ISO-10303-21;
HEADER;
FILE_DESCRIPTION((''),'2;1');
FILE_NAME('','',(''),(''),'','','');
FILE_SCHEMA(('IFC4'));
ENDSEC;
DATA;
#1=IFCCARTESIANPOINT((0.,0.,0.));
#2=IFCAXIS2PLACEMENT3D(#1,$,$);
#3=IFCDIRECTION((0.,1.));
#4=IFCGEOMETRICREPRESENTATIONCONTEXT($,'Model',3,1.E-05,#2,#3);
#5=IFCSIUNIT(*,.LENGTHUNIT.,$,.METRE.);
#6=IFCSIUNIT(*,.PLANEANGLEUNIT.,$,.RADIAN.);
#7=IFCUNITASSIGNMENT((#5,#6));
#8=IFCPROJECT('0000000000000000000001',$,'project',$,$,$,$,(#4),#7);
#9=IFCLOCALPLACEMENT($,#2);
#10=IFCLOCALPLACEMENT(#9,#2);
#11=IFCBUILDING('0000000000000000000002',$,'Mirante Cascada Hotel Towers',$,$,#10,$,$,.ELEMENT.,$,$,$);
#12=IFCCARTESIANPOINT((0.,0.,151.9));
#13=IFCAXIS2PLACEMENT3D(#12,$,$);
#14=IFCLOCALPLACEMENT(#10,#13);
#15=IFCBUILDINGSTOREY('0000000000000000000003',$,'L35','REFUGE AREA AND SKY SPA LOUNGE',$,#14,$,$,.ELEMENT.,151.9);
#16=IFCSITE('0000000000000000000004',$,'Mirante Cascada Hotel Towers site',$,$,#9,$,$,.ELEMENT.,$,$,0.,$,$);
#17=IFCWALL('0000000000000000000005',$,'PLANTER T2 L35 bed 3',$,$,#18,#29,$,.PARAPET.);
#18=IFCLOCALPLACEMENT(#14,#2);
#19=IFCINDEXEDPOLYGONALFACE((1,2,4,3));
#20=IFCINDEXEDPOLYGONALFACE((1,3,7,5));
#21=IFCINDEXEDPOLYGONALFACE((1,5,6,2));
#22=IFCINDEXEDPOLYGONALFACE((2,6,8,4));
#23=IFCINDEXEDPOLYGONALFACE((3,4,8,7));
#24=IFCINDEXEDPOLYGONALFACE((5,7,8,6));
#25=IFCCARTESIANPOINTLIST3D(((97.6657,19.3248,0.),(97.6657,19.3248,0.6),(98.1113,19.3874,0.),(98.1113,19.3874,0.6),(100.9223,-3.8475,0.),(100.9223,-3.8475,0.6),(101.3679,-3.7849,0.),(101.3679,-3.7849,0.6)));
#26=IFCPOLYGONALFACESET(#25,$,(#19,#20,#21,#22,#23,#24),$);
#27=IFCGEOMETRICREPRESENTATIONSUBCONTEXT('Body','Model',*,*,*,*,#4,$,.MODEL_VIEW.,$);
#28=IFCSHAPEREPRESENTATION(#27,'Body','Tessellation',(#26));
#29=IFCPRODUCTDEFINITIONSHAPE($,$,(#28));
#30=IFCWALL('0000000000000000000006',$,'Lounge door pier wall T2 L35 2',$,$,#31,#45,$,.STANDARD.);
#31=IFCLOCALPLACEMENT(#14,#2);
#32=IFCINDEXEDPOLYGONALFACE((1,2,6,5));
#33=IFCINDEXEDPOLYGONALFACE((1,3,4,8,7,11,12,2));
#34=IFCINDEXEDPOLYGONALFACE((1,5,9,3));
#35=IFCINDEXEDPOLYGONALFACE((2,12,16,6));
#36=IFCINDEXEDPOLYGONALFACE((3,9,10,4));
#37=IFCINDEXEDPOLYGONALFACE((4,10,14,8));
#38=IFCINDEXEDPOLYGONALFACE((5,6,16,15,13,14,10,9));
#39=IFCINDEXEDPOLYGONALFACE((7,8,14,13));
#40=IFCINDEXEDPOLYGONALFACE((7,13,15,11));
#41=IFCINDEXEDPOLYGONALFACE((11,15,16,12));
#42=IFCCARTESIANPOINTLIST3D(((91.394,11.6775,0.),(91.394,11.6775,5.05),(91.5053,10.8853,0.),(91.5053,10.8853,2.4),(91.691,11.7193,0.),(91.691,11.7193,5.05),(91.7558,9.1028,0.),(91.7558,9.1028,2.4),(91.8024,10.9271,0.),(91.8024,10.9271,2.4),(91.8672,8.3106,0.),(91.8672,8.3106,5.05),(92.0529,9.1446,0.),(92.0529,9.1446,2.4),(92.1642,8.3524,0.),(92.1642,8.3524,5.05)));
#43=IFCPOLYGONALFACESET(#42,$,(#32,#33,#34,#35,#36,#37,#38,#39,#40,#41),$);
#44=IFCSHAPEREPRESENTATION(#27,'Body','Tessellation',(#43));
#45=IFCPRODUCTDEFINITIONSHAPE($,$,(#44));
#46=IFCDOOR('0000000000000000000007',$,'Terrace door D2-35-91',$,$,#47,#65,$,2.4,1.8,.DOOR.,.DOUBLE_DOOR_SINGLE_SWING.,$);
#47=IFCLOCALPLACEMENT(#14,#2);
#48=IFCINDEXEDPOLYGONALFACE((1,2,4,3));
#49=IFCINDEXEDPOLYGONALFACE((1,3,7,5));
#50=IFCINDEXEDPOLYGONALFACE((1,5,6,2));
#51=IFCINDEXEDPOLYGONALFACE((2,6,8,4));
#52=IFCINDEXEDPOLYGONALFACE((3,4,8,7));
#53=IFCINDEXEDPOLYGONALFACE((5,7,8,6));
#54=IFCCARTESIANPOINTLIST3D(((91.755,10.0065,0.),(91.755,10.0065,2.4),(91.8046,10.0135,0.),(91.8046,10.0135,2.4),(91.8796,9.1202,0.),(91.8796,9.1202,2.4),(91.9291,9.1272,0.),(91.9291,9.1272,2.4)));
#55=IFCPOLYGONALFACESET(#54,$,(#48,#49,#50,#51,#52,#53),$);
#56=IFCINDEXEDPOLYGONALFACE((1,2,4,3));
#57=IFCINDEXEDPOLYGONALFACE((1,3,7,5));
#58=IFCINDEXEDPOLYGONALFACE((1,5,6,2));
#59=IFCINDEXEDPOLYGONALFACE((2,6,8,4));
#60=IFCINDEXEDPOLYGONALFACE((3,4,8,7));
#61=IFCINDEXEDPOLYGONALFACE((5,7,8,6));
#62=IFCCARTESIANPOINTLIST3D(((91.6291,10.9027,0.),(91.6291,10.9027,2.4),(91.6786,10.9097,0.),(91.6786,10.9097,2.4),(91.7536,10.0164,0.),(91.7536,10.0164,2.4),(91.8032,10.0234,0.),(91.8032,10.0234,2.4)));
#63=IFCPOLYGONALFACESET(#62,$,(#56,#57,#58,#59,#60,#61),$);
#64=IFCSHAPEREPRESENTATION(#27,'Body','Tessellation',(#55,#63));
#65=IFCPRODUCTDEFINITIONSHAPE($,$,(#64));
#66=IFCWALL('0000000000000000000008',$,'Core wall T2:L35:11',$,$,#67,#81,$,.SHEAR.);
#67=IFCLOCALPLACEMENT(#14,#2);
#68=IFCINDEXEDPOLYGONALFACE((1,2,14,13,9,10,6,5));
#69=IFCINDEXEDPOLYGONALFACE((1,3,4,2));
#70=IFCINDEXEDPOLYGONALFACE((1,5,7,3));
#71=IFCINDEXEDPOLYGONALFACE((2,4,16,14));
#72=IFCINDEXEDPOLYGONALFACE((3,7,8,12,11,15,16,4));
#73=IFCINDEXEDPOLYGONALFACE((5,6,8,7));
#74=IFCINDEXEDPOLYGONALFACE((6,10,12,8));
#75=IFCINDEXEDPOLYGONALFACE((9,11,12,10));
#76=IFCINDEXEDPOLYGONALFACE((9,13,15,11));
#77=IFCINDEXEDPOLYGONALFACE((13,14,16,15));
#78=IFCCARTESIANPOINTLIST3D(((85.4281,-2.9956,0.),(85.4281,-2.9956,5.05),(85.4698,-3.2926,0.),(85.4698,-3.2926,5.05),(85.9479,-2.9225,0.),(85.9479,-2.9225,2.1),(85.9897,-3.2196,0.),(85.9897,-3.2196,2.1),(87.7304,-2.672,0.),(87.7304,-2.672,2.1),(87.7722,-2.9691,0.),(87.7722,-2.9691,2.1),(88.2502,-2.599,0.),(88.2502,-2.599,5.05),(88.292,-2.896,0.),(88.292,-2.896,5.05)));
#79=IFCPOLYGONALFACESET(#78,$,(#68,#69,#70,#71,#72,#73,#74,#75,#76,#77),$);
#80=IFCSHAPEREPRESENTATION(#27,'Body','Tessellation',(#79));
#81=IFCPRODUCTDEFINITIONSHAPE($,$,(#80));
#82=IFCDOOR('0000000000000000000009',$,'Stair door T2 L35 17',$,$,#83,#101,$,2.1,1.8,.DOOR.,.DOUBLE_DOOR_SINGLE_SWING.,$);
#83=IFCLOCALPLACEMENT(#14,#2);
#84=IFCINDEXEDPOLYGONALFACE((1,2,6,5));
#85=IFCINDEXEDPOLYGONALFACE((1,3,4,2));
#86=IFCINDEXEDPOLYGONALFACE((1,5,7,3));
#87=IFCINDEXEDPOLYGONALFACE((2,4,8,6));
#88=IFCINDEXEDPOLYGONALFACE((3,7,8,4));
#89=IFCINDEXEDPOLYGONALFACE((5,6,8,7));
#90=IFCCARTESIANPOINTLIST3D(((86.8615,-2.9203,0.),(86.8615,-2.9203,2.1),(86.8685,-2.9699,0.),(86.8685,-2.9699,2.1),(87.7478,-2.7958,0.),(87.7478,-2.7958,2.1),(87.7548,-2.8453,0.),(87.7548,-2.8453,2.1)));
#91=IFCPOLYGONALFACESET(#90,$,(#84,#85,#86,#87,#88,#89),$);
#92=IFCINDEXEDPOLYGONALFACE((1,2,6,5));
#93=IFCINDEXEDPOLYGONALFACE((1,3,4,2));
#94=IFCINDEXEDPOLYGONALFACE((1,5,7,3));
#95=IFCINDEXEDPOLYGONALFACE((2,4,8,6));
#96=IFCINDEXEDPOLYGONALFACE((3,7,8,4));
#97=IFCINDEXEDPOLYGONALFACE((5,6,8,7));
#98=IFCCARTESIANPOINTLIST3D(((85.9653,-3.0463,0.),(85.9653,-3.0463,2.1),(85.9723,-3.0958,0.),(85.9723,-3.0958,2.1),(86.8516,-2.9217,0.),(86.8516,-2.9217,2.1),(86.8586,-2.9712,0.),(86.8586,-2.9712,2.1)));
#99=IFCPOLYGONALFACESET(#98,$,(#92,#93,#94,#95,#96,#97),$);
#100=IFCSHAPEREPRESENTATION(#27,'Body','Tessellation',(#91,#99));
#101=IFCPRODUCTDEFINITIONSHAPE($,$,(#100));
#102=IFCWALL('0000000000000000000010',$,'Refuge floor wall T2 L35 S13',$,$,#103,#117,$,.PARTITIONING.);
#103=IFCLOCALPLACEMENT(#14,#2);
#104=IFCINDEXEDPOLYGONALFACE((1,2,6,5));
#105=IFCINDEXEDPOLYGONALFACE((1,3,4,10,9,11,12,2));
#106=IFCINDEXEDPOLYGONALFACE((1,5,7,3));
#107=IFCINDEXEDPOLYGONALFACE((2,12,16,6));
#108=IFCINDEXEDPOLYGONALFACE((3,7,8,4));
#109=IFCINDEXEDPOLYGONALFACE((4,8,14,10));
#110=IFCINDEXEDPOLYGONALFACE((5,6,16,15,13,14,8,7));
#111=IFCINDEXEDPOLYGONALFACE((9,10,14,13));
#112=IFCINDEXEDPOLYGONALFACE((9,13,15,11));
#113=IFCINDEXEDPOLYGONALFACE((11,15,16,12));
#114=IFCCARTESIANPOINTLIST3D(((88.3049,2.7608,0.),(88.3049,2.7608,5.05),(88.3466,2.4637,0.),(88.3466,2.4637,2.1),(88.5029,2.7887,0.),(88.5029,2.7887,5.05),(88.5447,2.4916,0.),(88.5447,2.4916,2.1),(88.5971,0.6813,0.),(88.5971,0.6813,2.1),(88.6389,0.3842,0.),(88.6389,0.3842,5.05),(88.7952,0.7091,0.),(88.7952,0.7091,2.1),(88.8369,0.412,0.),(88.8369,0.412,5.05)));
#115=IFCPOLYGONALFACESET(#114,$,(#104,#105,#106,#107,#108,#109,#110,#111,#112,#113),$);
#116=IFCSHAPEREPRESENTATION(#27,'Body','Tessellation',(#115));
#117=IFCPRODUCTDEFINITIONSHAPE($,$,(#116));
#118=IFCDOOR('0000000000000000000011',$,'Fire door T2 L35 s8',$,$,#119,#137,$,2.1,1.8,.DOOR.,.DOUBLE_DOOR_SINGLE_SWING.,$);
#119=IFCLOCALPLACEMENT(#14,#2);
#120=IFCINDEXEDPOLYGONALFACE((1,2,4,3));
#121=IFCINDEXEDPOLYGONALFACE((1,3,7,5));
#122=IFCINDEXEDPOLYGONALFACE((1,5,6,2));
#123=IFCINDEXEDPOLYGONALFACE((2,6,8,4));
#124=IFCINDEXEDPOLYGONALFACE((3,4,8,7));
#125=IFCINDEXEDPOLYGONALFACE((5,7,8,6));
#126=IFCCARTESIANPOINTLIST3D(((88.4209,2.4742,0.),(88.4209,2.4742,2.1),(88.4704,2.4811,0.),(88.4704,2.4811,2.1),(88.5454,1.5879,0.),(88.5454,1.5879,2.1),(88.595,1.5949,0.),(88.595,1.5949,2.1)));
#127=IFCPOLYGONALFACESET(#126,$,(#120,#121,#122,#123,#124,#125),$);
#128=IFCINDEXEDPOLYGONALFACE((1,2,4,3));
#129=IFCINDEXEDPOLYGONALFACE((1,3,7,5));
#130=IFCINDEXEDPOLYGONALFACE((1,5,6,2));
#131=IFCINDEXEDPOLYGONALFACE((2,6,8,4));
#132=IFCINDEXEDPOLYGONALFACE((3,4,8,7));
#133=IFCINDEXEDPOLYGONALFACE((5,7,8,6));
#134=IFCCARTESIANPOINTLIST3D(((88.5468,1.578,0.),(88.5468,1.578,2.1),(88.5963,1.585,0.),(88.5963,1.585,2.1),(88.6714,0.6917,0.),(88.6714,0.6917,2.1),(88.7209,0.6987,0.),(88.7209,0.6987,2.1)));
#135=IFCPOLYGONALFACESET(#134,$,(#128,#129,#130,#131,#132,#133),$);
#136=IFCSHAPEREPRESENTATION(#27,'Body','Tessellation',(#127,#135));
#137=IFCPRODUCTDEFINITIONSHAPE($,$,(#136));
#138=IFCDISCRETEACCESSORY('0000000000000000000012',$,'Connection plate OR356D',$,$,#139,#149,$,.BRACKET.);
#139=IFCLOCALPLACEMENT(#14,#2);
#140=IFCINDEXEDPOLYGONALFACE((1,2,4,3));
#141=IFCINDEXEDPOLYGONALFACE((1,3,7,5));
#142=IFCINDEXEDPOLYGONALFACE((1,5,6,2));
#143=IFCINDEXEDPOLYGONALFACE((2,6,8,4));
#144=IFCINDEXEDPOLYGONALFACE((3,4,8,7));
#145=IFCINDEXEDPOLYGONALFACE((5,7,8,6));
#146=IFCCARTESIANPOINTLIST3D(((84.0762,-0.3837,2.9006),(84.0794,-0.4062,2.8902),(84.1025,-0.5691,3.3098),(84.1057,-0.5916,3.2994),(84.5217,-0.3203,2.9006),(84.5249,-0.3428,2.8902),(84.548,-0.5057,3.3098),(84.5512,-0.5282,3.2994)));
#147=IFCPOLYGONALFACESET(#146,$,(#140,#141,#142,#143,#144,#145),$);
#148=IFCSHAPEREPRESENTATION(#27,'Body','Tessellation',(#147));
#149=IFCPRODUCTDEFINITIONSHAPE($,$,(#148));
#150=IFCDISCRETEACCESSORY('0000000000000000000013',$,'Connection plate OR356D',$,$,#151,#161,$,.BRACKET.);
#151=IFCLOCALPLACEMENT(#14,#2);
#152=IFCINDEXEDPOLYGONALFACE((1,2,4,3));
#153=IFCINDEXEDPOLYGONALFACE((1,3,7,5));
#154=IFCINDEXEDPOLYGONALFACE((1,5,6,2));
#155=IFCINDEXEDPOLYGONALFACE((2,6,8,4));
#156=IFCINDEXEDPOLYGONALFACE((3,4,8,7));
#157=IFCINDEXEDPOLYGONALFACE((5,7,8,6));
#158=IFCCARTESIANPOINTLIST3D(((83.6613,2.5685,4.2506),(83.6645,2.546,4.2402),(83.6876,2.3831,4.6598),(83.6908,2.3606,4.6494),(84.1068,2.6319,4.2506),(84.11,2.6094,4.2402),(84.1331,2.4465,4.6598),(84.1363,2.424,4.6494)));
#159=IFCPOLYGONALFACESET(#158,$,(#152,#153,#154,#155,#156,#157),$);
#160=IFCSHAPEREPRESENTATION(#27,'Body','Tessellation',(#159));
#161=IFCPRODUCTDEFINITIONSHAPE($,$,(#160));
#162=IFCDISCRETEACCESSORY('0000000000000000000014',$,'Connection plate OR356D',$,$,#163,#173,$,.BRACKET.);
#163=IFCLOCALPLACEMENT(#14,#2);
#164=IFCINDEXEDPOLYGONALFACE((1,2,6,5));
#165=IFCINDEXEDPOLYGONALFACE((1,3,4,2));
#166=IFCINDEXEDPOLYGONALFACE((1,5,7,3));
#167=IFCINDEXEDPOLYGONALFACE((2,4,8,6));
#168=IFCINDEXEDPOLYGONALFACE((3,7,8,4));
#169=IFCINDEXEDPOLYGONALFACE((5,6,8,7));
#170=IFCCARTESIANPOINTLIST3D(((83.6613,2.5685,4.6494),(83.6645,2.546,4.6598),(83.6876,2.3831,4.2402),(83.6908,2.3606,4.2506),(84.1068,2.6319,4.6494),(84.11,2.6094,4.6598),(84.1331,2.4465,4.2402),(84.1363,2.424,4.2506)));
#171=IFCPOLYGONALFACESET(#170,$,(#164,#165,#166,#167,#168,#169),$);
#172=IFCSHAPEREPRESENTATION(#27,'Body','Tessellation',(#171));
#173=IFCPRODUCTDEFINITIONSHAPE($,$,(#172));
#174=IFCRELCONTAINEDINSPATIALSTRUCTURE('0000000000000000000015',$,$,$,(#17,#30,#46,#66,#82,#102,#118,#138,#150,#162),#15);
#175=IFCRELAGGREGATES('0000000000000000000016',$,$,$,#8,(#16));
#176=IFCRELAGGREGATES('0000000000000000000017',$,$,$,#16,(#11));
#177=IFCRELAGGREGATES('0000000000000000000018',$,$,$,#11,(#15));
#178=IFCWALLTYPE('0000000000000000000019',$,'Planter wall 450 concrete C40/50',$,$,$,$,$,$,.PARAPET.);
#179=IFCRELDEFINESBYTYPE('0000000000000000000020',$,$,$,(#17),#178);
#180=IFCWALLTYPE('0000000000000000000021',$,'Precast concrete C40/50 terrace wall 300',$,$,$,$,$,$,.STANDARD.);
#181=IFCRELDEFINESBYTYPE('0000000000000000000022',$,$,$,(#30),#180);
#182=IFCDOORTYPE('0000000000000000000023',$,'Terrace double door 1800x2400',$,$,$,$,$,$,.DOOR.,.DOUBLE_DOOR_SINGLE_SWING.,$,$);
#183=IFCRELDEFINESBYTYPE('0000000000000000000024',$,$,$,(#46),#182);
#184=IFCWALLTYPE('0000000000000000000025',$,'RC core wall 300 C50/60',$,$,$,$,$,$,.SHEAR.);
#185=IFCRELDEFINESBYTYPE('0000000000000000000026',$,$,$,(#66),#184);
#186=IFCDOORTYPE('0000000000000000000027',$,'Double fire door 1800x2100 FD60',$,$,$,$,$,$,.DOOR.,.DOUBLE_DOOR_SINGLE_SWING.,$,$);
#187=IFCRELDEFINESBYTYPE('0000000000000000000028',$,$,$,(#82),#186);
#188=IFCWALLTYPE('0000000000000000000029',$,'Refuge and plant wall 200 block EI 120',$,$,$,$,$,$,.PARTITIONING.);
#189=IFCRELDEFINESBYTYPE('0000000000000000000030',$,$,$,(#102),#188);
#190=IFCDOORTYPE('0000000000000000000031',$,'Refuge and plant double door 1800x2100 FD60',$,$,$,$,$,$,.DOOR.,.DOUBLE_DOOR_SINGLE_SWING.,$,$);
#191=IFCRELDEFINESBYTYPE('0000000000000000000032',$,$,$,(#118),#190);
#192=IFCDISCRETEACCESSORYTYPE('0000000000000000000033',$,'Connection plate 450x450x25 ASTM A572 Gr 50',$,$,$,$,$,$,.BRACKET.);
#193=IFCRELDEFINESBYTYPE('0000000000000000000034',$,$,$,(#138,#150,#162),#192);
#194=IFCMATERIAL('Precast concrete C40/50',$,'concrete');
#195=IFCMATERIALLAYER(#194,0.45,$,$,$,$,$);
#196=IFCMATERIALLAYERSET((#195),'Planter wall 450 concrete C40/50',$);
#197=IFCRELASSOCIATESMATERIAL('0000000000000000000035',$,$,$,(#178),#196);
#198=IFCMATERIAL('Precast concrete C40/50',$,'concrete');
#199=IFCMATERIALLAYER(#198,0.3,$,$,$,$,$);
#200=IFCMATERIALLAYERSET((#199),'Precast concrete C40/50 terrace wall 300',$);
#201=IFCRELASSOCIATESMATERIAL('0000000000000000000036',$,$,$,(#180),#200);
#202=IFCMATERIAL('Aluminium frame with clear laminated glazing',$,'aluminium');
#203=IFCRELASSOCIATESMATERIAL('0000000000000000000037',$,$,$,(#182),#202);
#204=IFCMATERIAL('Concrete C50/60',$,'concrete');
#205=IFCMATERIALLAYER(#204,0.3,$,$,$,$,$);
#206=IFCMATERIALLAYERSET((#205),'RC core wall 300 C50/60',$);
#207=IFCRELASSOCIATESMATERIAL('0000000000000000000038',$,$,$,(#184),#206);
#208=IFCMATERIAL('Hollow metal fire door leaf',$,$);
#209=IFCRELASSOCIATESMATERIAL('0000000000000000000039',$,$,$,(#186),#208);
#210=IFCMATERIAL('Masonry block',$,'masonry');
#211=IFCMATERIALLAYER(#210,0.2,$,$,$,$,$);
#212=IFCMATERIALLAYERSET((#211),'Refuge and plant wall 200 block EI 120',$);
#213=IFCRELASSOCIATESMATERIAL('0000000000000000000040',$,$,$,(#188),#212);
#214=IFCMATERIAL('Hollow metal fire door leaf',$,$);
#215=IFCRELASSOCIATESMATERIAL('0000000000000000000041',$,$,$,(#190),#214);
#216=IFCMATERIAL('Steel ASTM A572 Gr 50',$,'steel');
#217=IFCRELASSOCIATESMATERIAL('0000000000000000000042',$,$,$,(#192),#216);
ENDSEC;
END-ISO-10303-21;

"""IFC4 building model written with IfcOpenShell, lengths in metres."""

from ifc_helpers import new_model, si_unit, direction, frame, frame_2d, origin, origin_2d, place, context, subcontext, project, spatial, rectangle, extrude, material, layer, layer_set, material_profile, profile_set, type_object, element, fill, save


model = new_model("IFC4")

# Units and contexts
model_context = context("Model", 3, precision=1e-05, world=origin(), true_north=direction((0.0, 1.0)))
body_context = subcontext(model_context, "Body", "Model", "MODEL_VIEW")
ifc_project = project(units=[si_unit("LENGTHUNIT", "METRE"), si_unit("PLANEANGLEUNIT", "RADIAN")], contexts=[model_context])

# Site, building, storey
site_placement = place(None, origin())
site = spatial("IfcSite", under=ifc_project, at=site_placement, Name="Mirante Cascada Hotel Towers site", CompositionType="ELEMENT", RefElevation=0.0)
building_placement = place(site_placement, origin())
building = spatial("IfcBuilding", under=site, at=building_placement, Name="Mirante Cascada Hotel Towers", CompositionType="ELEMENT")
storey_placement = place(building_placement, frame((0.0, 0.0, 151.9)))
storey = spatial("IfcBuildingStorey", under=building, at=storey_placement, Name="L35", Description="REFUGE AREA AND SKY SPA LOUNGE", CompositionType="ELEMENT", Elevation=151.9)

# Wall
ifc_material_1 = material(Name="Precast concrete C40/50", Category="concrete")
ifc_layer_1 = layer(ifc_material_1, 0.45)
ifc_layer_set_1 = layer_set([ifc_layer_1], Name="Planter wall 450 concrete C40/50")
wall_type_1 = type_object("IfcWallType", Name="Planter wall 450 concrete C40/50", PredefinedType="PARAPET", material=ifc_layer_set_1)
wall_1_placement = place(storey_placement, frame((101.1451, -3.8162, 0.0), z_axis=(0.0, 0.0, 1.0), x_axis=(-0.139171, 0.990268, 0.0)))
element("IfcWall", 1, at=wall_1_placement, inside=storey, type_object=wall_type_1, Name="PLANTER T2 L35 bed 3", PredefinedType="PARAPET", context=body_context, shape_type="SweptSolid", body=[
    extrude(rectangle(XDim=23.4, YDim=0.45, at=frame_2d((11.7, 0.0))), origin(), (0.0, 0.0, 1.0), 0.6),
])

# Walls, openings, doors
ifc_material_2 = material(Name="Precast concrete C40/50", Category="concrete")
ifc_layer_2 = layer(ifc_material_2, 0.3)
ifc_layer_set_2 = layer_set([ifc_layer_2], Name="Precast concrete C40/50 terrace wall 300")
wall_type_2 = type_object("IfcWallType", Name="Precast concrete C40/50 terrace wall 300", PredefinedType="STANDARD", material=ifc_layer_set_2)
wall_2_placement = place(storey_placement, frame((92.0157, 8.3315, 0.0), z_axis=(0.0, 0.0, 1.0), x_axis=(-0.139177, 0.990267, 0.0)))
wall_2 = element("IfcWall", 2, at=wall_2_placement, inside=storey, type_object=wall_type_2, Name="Lounge door pier wall T2 L35 2", PredefinedType="STANDARD", context=body_context, shape_type="SweptSolid", body=[
    extrude(rectangle(XDim=3.4, YDim=0.3, at=frame_2d((1.7, 0.0))), origin(), (0.0, 0.0, 1.0), 5.05),
])
opening_1_placement = place(wall_2_placement, frame((0.8, 0.0, 0.0)))
opening_1 = element("IfcOpeningElement", 3, at=opening_1_placement, cuts=wall_2, PredefinedType="OPENING", context=body_context, shape_type="SweptSolid", body=[
    extrude(rectangle(XDim=1.8, YDim=2.4, at=frame_2d((0.9, 1.2))), frame((0.0, 0.15, 0.0), z_axis=(0.0, -1.0, 0.0), x_axis=(1.0, 0.0, 0.0)), (0.0, 0.0, 1.0), 0.3),
])
ifc_material_3 = material(Name="Aluminium frame with clear laminated glazing", Category="aluminium")
door_type_1 = type_object("IfcDoorType", Name="Terrace double door 1800x2400", OperationType="DOUBLE_DOOR_SINGLE_SWING", PredefinedType="DOOR", material=ifc_material_3)
door_1_placement = place(opening_1_placement, origin())
door_1 = element("IfcDoor", 4, at=door_1_placement, inside=storey, type_object=door_type_1, Name="Terrace door D2-35-91", OperationType="DOUBLE_DOOR_SINGLE_SWING", OverallHeight=2.4, OverallWidth=1.8, PredefinedType="DOOR", context=body_context, shape_type="SweptSolid", body=[
    extrude(rectangle(XDim=0.895, YDim=2.4, at=frame_2d((0.4475, 1.2))), frame((0.0, 0.025, 0.0), z_axis=(0.0, -1.0, 0.0), x_axis=(1.0, 0.0, 0.0)), (0.0, 0.0, 1.0), 0.05),
    extrude(rectangle(XDim=0.895, YDim=2.4, at=frame_2d((1.3525, 1.2))), frame((0.0, 0.025, 0.0), z_axis=(0.0, -1.0, 0.0), x_axis=(1.0, 0.0, 0.0)), (0.0, 0.0, 1.0), 0.05),
])
fill(opening_1, door_1)
ifc_material_4 = material(Name="Concrete C50/60", Category="concrete")
ifc_layer_3 = layer(ifc_material_4, 0.3)
ifc_layer_set_3 = layer_set([ifc_layer_3], Name="RC core wall 300 C50/60")
wall_type_3 = type_object("IfcWallType", Name="RC core wall 300 C50/60", PredefinedType="SHEAR", material=ifc_layer_set_3)
wall_3_placement = place(storey_placement, frame((85.4489, -3.1441, 0.0), z_axis=(0.0, 0.0, 1.0), x_axis=(0.99027, 0.139161, 0.0)))
wall_3 = element("IfcWall", 5, at=wall_3_placement, inside=storey, type_object=wall_type_3, Name="Core wall T2:L35:11", PredefinedType="SHEAR", context=body_context, shape_type="SweptSolid", body=[
    extrude(rectangle(XDim=2.8499, YDim=0.3, at=frame_2d((1.425, 0.0))), origin(), (0.0, 0.0, 1.0), 5.05),
])
opening_2_placement = place(wall_3_placement, frame((0.525, 0.0, 0.0)))
opening_2 = element("IfcOpeningElement", 6, at=opening_2_placement, cuts=wall_3, PredefinedType="OPENING", context=body_context, shape_type="SweptSolid", body=[
    extrude(rectangle(XDim=1.8, YDim=2.1, at=frame_2d((0.9, 1.05))), frame((0.0, 0.15, 0.0), z_axis=(0.0, -1.0, 0.0), x_axis=(1.0, 0.0, 0.0)), (0.0, 0.0, 1.0), 0.3),
])
ifc_material_5 = material(Name="Hollow metal fire door leaf")
door_type_2 = type_object("IfcDoorType", Name="Double fire door 1800x2100 FD60", OperationType="DOUBLE_DOOR_SINGLE_SWING", PredefinedType="DOOR", material=ifc_material_5)
door_2_placement = place(opening_2_placement, frame((1.8, 0.0, 0.0), z_axis=(0.0, 0.0, 1.0), x_axis=(-1.0, 0.0, 0.0)))
door_2 = element("IfcDoor", 7, at=door_2_placement, inside=storey, type_object=door_type_2, Name="Stair door T2 L35 17", OperationType="DOUBLE_DOOR_SINGLE_SWING", OverallHeight=2.1, OverallWidth=1.8, PredefinedType="DOOR", context=body_context, shape_type="SweptSolid", body=[
    extrude(rectangle(XDim=0.895, YDim=2.1, at=frame_2d((0.4475, 1.05))), frame((0.0, 0.025, 0.0), z_axis=(0.0, -1.0, 0.0), x_axis=(1.0, 0.0, 0.0)), (0.0, 0.0, 1.0), 0.05),
    extrude(rectangle(XDim=0.895, YDim=2.1, at=frame_2d((1.3525, 1.05))), frame((0.0, 0.025, 0.0), z_axis=(0.0, -1.0, 0.0), x_axis=(1.0, 0.0, 0.0)), (0.0, 0.0, 1.0), 0.05),
])
fill(opening_2, door_2)
ifc_material_6 = material(Name="Masonry block", Category="masonry")
ifc_layer_4 = layer(ifc_material_6, 0.2)
ifc_layer_set_4 = layer_set([ifc_layer_4], Name="Refuge and plant wall 200 block EI 120")
wall_type_4 = type_object("IfcWallType", Name="Refuge and plant wall 200 block EI 120", PredefinedType="PARTITIONING", material=ifc_layer_set_4)
wall_4_placement = place(storey_placement, frame((88.7379, 0.3981, 0.0), z_axis=(0.0, 0.0, 1.0), x_axis=(-0.139169, 0.990269, 0.0)))
wall_4 = element("IfcWall", 8, at=wall_4_placement, inside=storey, type_object=wall_type_4, Name="Refuge floor wall T2 L35 S13", PredefinedType="PARTITIONING", context=body_context, shape_type="SweptSolid", body=[
    extrude(rectangle(XDim=2.4, YDim=0.2, at=frame_2d((1.2, 0.0))), origin(), (0.0, 0.0, 1.0), 5.05),
])
opening_3_placement = place(wall_4_placement, frame((0.3, 0.0, 0.0)))
opening_3 = element("IfcOpeningElement", 9, at=opening_3_placement, cuts=wall_4, PredefinedType="OPENING", context=body_context, shape_type="SweptSolid", body=[
    extrude(rectangle(XDim=1.8, YDim=2.1, at=frame_2d((0.9, 1.05))), frame((0.0, 0.1, 0.0), z_axis=(0.0, -1.0, 0.0), x_axis=(1.0, 0.0, 0.0)), (0.0, 0.0, 1.0), 0.2),
])
ifc_material_7 = material(Name="Hollow metal fire door leaf")
door_type_3 = type_object("IfcDoorType", Name="Refuge and plant double door 1800x2100 FD60", OperationType="DOUBLE_DOOR_SINGLE_SWING", PredefinedType="DOOR", material=ifc_material_7)
door_3_placement = place(opening_3_placement, frame((1.8, 0.0, 0.0), z_axis=(0.0, 0.0, 1.0), x_axis=(-1.0, 0.0, 0.0)))
door_3 = element("IfcDoor", 10, at=door_3_placement, inside=storey, type_object=door_type_3, Name="Fire door T2 L35 s8", OperationType="DOUBLE_DOOR_SINGLE_SWING", OverallHeight=2.1, OverallWidth=1.8, PredefinedType="DOOR", context=body_context, shape_type="SweptSolid", body=[
    extrude(rectangle(XDim=0.895, YDim=2.1, at=frame_2d((0.4475, 1.05))), frame((0.0, 0.025, 0.0), z_axis=(0.0, -1.0, 0.0), x_axis=(1.0, 0.0, 0.0)), (0.0, 0.0, 1.0), 0.05),
    extrude(rectangle(XDim=0.895, YDim=2.1, at=frame_2d((1.3525, 1.05))), frame((0.0, 0.025, 0.0), z_axis=(0.0, -1.0, 0.0), x_axis=(1.0, 0.0, 0.0)), (0.0, 0.0, 1.0), 0.05),
])
fill(opening_3, door_3)

# Discrete accessories
ifc_material_8 = material(Name="Steel ASTM A572 Gr 50", Category="steel")
ifc_material_profile_1 = material_profile(ifc_material_8, rectangle(XDim=0.45, YDim=0.45, at=origin_2d()), Name="Connection plate 450x450x25 ASTM A572 Gr 50")
ifc_profile_set_1 = profile_set([ifc_material_profile_1], Name="Steel ASTM A572 Gr 50")
discrete_accessory_type_1 = type_object("IfcDiscreteAccessoryType", Name="Connection plate 450x450x25 ASTM A572 Gr 50", PredefinedType="BRACKET", material=ifc_profile_set_1)
for number, where, z_axis, x_axis, name in (
    (11, (84.3153, -0.4672, 3.0948), (-0.128036, 0.900252, 0.416117), (-0.990037, -0.140805, 0.0), "Connection plate OR356D"),
    (12, (83.9004, 2.485, 4.4448), (-0.128036, 0.900252, 0.416117), (-0.990037, -0.140805, 0.0), "Connection plate OR356D"),
    (13, (83.9004, 2.485, 4.4552), (-0.128036, 0.900252, -0.416117), (-0.990037, -0.140805, 0.0), "Connection plate OR356D"),
):
    element("IfcDiscreteAccessory", number, at=place(storey_placement, frame(where, z_axis=z_axis, x_axis=x_axis)), inside=storey, type_object=discrete_accessory_type_1, Name=name, PredefinedType="BRACKET", context=body_context, shape_type="SweptSolid", body=[
        extrude(rectangle(XDim=0.45, YDim=0.45, at=origin_2d()), origin(), (0.0, 0.0, 1.0), 0.025),
    ])

save(model, "model.ifc")
